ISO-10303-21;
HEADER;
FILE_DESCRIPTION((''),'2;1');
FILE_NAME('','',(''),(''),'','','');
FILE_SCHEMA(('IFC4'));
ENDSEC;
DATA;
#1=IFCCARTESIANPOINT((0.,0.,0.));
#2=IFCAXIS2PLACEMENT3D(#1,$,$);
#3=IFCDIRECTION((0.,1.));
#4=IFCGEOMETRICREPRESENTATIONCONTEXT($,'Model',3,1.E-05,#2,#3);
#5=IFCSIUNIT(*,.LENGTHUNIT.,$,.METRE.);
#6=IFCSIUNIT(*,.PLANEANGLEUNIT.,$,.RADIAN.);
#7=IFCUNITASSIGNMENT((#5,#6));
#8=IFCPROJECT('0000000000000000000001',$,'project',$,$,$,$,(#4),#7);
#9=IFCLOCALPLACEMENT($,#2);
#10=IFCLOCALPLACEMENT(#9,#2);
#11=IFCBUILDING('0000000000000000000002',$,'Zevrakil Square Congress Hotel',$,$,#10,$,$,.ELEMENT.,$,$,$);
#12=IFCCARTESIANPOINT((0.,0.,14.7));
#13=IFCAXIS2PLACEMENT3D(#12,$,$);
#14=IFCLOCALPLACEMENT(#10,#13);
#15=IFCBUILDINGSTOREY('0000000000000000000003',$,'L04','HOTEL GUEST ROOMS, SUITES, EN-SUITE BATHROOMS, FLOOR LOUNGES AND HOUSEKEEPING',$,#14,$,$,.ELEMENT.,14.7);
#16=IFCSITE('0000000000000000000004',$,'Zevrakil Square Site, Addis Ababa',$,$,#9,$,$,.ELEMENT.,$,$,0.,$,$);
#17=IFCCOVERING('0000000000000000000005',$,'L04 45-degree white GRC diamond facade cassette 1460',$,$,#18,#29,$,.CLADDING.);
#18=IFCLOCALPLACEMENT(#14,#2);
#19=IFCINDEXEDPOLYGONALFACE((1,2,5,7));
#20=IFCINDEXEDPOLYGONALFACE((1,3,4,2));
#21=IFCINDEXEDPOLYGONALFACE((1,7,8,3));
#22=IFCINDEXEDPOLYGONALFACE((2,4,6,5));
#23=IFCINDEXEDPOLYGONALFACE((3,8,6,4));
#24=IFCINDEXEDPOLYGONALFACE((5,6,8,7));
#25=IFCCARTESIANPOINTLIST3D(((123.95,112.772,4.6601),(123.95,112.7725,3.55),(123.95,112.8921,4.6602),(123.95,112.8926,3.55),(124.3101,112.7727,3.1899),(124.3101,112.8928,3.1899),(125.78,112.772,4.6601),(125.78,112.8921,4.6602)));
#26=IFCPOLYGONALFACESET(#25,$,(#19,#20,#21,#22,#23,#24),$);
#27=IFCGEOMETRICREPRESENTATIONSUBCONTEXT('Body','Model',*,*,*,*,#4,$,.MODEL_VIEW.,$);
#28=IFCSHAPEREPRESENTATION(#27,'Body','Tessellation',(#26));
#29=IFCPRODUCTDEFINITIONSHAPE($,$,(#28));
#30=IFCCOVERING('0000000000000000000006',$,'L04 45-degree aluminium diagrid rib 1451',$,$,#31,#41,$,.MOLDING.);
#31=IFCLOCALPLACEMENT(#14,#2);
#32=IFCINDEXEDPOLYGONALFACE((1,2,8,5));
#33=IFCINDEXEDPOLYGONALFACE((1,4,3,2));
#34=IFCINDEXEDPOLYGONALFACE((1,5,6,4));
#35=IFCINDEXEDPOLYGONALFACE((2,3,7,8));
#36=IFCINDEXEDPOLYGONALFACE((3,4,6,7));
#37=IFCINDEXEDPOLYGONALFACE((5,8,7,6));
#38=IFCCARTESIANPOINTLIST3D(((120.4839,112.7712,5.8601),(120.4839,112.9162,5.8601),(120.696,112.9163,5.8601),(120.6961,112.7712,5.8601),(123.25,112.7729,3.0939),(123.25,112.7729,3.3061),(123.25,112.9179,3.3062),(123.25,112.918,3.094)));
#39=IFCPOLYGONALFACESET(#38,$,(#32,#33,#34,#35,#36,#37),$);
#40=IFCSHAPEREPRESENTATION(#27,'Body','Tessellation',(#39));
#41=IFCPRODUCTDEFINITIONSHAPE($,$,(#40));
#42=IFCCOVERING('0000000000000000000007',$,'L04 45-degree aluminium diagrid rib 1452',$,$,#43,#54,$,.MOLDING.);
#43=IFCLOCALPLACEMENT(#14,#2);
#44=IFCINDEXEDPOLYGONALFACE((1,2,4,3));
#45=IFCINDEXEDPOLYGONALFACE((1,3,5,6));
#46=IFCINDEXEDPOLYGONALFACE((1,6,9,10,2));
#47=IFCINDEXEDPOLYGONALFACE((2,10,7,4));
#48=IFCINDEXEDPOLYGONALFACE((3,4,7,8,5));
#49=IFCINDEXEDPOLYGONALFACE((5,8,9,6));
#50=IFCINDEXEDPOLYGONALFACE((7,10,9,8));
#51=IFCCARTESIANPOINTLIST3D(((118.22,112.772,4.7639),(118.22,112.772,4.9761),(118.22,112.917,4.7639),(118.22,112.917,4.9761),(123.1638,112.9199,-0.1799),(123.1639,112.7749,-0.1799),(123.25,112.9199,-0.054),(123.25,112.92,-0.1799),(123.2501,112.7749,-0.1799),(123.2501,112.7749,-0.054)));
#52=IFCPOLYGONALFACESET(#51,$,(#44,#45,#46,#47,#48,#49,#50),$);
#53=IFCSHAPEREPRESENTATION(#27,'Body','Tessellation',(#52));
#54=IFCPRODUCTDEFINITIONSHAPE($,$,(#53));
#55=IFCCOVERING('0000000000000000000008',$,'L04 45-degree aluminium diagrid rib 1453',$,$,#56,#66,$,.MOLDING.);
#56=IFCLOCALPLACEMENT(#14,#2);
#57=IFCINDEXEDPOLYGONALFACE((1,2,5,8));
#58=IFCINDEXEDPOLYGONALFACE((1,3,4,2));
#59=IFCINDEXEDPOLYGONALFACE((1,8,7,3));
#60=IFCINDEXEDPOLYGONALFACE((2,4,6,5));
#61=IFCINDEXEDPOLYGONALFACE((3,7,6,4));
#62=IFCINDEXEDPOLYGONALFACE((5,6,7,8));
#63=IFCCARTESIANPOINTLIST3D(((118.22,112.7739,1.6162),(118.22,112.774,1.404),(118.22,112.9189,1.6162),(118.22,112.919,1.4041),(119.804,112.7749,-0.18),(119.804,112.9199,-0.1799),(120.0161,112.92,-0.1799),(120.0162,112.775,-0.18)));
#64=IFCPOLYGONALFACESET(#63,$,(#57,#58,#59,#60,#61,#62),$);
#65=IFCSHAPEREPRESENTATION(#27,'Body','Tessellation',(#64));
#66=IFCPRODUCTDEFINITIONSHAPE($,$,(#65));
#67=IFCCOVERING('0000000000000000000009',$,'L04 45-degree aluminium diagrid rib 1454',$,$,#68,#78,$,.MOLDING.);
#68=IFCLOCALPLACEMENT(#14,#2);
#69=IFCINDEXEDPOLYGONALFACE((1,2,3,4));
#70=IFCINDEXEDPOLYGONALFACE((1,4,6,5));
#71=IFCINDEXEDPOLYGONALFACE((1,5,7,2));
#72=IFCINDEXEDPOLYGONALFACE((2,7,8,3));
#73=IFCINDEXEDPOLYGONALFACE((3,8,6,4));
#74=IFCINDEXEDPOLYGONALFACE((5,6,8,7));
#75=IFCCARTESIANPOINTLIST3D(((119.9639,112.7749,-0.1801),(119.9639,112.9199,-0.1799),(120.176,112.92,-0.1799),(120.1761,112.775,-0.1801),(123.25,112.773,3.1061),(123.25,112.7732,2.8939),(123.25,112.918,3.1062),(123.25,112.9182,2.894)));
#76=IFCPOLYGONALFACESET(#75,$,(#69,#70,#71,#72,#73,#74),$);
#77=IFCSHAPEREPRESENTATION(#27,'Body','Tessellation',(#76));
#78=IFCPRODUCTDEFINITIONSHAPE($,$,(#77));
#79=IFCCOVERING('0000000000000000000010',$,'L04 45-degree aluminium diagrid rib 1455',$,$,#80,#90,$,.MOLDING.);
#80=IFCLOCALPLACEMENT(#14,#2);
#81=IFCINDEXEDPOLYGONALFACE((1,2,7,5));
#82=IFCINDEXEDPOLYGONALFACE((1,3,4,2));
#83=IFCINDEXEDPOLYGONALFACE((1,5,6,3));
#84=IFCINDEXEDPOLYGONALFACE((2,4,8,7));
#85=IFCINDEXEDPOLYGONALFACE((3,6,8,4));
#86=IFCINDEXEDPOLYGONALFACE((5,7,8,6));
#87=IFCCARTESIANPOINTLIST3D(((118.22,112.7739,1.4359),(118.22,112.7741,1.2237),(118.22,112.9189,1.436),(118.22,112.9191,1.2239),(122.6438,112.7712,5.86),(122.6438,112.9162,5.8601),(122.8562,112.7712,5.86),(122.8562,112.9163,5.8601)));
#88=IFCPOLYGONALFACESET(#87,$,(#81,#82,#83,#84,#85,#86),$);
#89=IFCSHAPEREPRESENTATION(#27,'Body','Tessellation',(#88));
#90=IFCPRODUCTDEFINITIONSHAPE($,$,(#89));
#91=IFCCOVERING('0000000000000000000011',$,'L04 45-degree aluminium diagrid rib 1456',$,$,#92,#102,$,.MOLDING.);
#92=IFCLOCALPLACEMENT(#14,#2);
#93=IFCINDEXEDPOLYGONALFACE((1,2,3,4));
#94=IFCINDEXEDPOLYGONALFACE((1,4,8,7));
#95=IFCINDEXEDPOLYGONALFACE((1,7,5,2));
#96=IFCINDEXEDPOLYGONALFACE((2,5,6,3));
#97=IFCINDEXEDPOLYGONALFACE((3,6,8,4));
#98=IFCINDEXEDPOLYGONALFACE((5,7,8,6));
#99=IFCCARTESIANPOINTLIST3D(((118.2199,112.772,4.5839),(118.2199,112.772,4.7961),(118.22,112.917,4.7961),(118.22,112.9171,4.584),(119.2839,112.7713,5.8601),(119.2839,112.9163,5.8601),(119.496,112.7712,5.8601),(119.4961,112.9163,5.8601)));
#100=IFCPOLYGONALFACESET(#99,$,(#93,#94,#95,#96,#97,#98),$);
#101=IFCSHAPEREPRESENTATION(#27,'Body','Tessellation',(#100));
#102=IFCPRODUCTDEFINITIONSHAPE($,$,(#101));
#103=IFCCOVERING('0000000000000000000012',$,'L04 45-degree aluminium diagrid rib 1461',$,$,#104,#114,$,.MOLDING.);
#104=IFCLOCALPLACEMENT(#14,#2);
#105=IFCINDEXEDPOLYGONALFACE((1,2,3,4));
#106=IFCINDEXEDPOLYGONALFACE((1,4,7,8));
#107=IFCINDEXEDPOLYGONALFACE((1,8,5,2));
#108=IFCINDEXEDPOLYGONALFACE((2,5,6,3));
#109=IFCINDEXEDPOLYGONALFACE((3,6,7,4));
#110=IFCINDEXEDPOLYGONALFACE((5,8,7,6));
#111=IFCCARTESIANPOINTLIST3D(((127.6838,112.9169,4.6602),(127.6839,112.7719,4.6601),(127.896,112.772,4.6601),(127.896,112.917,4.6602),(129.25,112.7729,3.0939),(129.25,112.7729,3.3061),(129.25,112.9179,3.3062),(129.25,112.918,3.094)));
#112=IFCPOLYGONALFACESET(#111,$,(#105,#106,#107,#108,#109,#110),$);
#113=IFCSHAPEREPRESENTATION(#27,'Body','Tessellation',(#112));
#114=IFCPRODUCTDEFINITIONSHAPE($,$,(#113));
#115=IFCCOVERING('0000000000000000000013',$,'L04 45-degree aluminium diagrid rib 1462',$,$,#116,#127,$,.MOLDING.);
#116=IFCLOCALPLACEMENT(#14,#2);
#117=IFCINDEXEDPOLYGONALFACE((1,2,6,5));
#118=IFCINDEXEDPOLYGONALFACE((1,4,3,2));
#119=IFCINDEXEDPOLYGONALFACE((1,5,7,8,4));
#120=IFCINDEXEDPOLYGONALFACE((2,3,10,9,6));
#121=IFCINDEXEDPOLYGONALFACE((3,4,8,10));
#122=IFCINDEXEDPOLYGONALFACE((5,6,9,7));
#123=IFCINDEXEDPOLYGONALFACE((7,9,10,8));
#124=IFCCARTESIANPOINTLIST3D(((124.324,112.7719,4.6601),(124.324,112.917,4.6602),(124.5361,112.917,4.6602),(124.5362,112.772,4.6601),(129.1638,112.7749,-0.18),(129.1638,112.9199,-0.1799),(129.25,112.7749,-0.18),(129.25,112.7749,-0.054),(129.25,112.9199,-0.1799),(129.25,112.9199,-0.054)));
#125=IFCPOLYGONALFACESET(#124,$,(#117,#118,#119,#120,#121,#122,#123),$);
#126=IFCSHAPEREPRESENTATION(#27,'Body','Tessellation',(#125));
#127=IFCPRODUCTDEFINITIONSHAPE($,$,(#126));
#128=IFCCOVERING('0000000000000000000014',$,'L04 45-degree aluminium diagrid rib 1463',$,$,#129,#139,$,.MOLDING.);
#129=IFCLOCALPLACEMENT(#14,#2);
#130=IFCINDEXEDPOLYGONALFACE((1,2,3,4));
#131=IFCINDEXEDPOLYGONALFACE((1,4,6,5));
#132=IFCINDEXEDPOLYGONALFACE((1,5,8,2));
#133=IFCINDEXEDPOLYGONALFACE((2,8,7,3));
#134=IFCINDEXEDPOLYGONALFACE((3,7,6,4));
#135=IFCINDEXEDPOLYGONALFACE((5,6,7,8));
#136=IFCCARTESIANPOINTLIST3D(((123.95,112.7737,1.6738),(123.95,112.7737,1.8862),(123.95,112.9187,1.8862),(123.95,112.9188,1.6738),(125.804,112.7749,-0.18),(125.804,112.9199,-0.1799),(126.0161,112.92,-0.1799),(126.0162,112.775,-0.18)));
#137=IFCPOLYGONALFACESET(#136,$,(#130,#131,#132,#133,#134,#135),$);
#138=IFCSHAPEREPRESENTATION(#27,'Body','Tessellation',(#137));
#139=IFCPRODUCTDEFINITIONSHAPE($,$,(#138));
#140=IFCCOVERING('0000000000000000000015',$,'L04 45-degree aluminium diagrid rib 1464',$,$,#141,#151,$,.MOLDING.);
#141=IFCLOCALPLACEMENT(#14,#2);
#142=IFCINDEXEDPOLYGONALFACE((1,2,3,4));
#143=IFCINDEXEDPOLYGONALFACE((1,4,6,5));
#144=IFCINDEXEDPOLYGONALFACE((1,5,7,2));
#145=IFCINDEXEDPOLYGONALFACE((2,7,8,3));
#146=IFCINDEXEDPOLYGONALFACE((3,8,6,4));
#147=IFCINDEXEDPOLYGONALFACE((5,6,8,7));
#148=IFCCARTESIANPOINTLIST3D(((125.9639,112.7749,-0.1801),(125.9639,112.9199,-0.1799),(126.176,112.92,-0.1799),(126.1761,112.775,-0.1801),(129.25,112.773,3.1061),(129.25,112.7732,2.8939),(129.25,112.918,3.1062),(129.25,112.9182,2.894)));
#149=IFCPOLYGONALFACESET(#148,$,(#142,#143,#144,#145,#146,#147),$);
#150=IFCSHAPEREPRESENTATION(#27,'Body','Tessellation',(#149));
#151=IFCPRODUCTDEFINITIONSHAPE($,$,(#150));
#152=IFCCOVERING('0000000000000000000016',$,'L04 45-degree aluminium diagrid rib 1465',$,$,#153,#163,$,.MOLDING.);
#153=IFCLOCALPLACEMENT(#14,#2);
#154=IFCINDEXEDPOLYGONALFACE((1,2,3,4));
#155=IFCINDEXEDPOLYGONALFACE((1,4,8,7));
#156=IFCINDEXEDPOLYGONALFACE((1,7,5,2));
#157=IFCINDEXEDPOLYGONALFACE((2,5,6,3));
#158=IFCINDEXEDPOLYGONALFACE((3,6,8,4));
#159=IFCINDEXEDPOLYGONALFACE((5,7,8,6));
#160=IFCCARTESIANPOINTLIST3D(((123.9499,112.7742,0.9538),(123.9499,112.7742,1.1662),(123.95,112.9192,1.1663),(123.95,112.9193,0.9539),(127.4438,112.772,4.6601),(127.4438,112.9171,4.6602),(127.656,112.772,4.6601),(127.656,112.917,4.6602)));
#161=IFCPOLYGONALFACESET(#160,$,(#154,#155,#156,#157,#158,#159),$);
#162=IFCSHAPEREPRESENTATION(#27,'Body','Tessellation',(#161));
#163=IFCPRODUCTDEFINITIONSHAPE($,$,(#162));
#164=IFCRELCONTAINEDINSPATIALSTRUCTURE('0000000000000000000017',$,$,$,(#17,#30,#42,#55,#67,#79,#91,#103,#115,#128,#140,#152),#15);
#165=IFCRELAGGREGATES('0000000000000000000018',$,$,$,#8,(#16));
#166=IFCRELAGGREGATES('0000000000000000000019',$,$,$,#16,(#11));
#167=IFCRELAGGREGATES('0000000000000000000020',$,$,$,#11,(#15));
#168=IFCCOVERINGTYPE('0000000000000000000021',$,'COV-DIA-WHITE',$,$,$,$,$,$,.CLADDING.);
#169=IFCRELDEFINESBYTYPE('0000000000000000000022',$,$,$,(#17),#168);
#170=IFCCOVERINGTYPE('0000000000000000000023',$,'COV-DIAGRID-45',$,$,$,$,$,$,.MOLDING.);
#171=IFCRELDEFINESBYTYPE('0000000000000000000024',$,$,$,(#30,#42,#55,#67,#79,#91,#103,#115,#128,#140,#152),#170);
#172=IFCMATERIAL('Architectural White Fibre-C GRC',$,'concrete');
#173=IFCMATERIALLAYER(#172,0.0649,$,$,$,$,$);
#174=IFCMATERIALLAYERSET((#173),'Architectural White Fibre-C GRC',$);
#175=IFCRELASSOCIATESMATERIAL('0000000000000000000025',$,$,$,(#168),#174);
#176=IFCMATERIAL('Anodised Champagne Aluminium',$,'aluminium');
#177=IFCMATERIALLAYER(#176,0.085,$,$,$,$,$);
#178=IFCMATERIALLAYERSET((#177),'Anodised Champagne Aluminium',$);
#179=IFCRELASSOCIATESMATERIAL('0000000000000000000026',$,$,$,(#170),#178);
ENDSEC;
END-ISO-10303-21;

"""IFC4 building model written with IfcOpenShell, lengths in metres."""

from ifc_helpers import new_model, si_unit, direction, frame, origin, place, context, subcontext, project, spatial, polyline, outline, extrude, material, layer, layer_set, type_object, element, save


model = new_model("IFC4")

# Units and contexts
model_context = context("Model", 3, precision=1e-05, world=origin(), true_north=direction((0.0, 1.0)))
body_context = subcontext(model_context, "Body", "Model", "MODEL_VIEW")
ifc_project = project(units=[si_unit("LENGTHUNIT", "METRE"), si_unit("PLANEANGLEUNIT", "RADIAN")], contexts=[model_context])

# Site, building, storey
site_placement = place(None, origin())
site = spatial("IfcSite", under=ifc_project, at=site_placement, Name="Zevrakil Square Site, Addis Ababa", CompositionType="ELEMENT", RefElevation=0.0)
building_placement = place(site_placement, origin())
building = spatial("IfcBuilding", under=site, at=building_placement, Name="Zevrakil Square Congress Hotel", CompositionType="ELEMENT")
storey_placement = place(building_placement, frame((0.0, 0.0, 14.7)))
storey = spatial("IfcBuildingStorey", under=building, at=storey_placement, Name="L04", Description="HOTEL GUEST ROOMS, SUITES, EN-SUITE BATHROOMS, FLOOR LOUNGES AND HOUSEKEEPING", CompositionType="ELEMENT", Elevation=14.7)

# Coverings
ifc_material_1 = material(Name="Architectural White Fibre-C GRC", Category="concrete")
ifc_layer_1 = layer(ifc_material_1, 0.0649)
ifc_layer_set_1 = layer_set([ifc_layer_1], Name="Architectural White Fibre-C GRC")
covering_type_1 = type_object("IfcCoveringType", Name="COV-DIA-WHITE", PredefinedType="CLADDING", material=ifc_layer_set_1)
covering_1_placement = place(storey_placement, frame((124.3101, 112.8928, 3.1899), z_axis=(-0.000031, 1.0, 0.000491), x_axis=(0.707048, -0.000325, 0.707165)))
element("IfcCovering", 1, at=covering_1_placement, inside=storey, type_object=covering_type_1, Name="L04 45-degree white GRC diamond facade cassette 1460", PredefinedType="CLADDING", context=body_context, shape_type="SweptSolid", body=[
    extrude(outline(polyline([(0.0, 0.0), (2.079, 0.0), (0.7851, -1.2942), (0.0, -0.5093), (0.0, 0.0)])), origin(), (0.0, 0.0, -1.0), 0.1201),
])
ifc_material_2 = material(Name="Anodised Champagne Aluminium", Category="aluminium")
ifc_layer_2 = layer(ifc_material_2, 0.085)
ifc_layer_set_2 = layer_set([ifc_layer_2], Name="Anodised Champagne Aluminium")
covering_type_2 = type_object("IfcCoveringType", Name="COV-DIAGRID-45", PredefinedType="MOLDING", material=ifc_layer_set_2)
covering_2_placement = place(storey_placement, frame((123.25, 112.918, 3.094), z_axis=(-0.000321, 1.0, 0.000321), x_axis=(0.0, -0.000321, 1.0)))
element("IfcCovering", 2, at=covering_2_placement, inside=storey, type_object=covering_type_2, Name="L04 45-degree aluminium diagrid rib 1451", PredefinedType="MOLDING", context=body_context, shape_type="SweptSolid", body=[
    extrude(outline(polyline([(0.0, 0.0), (0.2122, 0.0), (2.7661, -2.554), (2.7661, -2.7661), (0.0, 0.0)])), origin(), (0.0, 0.0, -1.0), 0.145),
])
covering_3_placement = place(storey_placement, frame((123.1638, 112.9199, -0.1799), z_axis=(-0.000466, 1.0, 0.000119), x_axis=(1.0, 0.000466, 0.0)))
element("IfcCovering", 3, at=covering_3_placement, inside=storey, type_object=covering_type_2, Name="L04 45-degree aluminium diagrid rib 1452", PredefinedType="MOLDING", context=body_context, shape_type="SweptSolid", body=[
    extrude(outline(polyline([(0.0, 0.0), (0.0862, 0.0), (0.0862, -0.126), (-4.9438, -5.156), (-4.9438, -4.9438), (0.0, 0.0)])), origin(), (0.0, 0.0, -1.0), 0.145),
])
covering_4_placement = place(storey_placement, frame((119.804, 112.9199, -0.1799), z_axis=(-0.000289, 1.0, 0.000289), x_axis=(1.0, 0.000289, 0.0)))
element("IfcCovering", 4, at=covering_4_placement, inside=storey, type_object=covering_type_2, Name="L04 45-degree aluminium diagrid rib 1453", PredefinedType="MOLDING", context=body_context, shape_type="SweptSolid", body=[
    extrude(outline(polyline([(0.0, 0.0), (0.2122, 0.0), (-1.584, -1.7961), (-1.584, -1.584), (0.0, 0.0)])), origin(), (0.0, 0.0, -1.0), 0.145),
])
covering_5_placement = place(storey_placement, frame((123.25, 112.9182, 2.894), z_axis=(-0.000287, 1.0, 0.000863), x_axis=(0.0, -0.000863, 1.0)))
element("IfcCovering", 5, at=covering_5_placement, inside=storey, type_object=covering_type_2, Name="L04 45-degree aluminium diagrid rib 1454", PredefinedType="MOLDING", context=body_context, shape_type="SweptSolid", body=[
    extrude(outline(polyline([(0.0, 0.0), (0.2122, 0.0), (-3.074, -3.2861), (-3.074, -3.074), (0.0, 0.0)])), origin(), (0.0, 0.0, -1.0), 0.145),
])
covering_6_placement = place(storey_placement, frame((122.8562, 112.9163, 5.8601), z_axis=(-0.000265, 1.0, 0.000885), x_axis=(-1.0, -0.000265, 0.0)))
element("IfcCovering", 6, at=covering_6_placement, inside=storey, type_object=covering_type_2, Name="L04 45-degree aluminium diagrid rib 1455", PredefinedType="MOLDING", context=body_context, shape_type="SweptSolid", body=[
    extrude(outline(polyline([(0.0, 0.0), (0.2124, 0.0), (4.6362, -4.4241), (4.6362, -4.6362), (0.0, 0.0)])), origin(), (0.0, 0.0, -1.0), 0.145),
])
covering_7_placement = place(storey_placement, frame((119.4961, 112.9163, 5.8601), z_axis=(0.000313, 1.0, 0.000313), x_axis=(-1.0, 0.000313, 0.0)))
element("IfcCovering", 7, at=covering_7_placement, inside=storey, type_object=covering_type_2, Name="L04 45-degree aluminium diagrid rib 1456", PredefinedType="MOLDING", context=body_context, shape_type="SweptSolid", body=[
    extrude(outline(polyline([(0.0, 0.0), (0.2122, 0.0), (1.2761, -1.064), (1.2761, -1.2761), (0.0, 0.0)])), origin(), (0.0, 0.0, -1.0), 0.145),
])
covering_8_placement = place(storey_placement, frame((129.25, 112.918, 3.094), z_axis=(-0.000334, 1.0, 0.000334), x_axis=(0.0, -0.000334, 1.0)))
element("IfcCovering", 8, at=covering_8_placement, inside=storey, type_object=covering_type_2, Name="L04 45-degree aluminium diagrid rib 1461", PredefinedType="MOLDING", context=body_context, shape_type="SweptSolid", body=[
    extrude(outline(polyline([(0.0, 0.0), (0.2122, 0.0), (1.5662, -1.354), (1.5662, -1.5662), (0.0, 0.0)])), origin(), (0.0, 0.0, -1.0), 0.145),
])
covering_9_placement = place(storey_placement, frame((129.1638, 112.9199, -0.1799), z_axis=(-0.000181, 1.0, 0.000429), x_axis=(1.0, 0.000181, 0.0)))
element("IfcCovering", 9, at=covering_9_placement, inside=storey, type_object=covering_type_2, Name="L04 45-degree aluminium diagrid rib 1462", PredefinedType="MOLDING", context=body_context, shape_type="SweptSolid", body=[
    extrude(outline(polyline([(0.0, 0.0), (0.0862, 0.0), (0.0862, -0.126), (-4.6277, -4.8401), (-4.8398, -4.8401), (0.0, 0.0)])), origin(), (0.0, 0.0, -1.0), 0.145),
])
covering_10_placement = place(storey_placement, frame((125.804, 112.9199, -0.1799), z_axis=(-0.000312, 1.0, 0.000311), x_axis=(1.0, 0.000312, 0.0)))
element("IfcCovering", 10, at=covering_10_placement, inside=storey, type_object=covering_type_2, Name="L04 45-degree aluminium diagrid rib 1463", PredefinedType="MOLDING", context=body_context, shape_type="SweptSolid", body=[
    extrude(outline(polyline([(0.0, 0.0), (0.2122, 0.0), (-1.854, -2.0662), (-1.854, -1.8538), (0.0, 0.0)])), origin(), (0.0, 0.0, -1.0), 0.145),
])
covering_11_placement = place(storey_placement, frame((129.25, 112.9182, 2.894), z_axis=(-0.000287, 1.0, 0.000863), x_axis=(0.0, -0.000863, 1.0)))
element("IfcCovering", 11, at=covering_11_placement, inside=storey, type_object=covering_type_2, Name="L04 45-degree aluminium diagrid rib 1464", PredefinedType="MOLDING", context=body_context, shape_type="SweptSolid", body=[
    extrude(outline(polyline([(0.0, 0.0), (0.2122, 0.0), (-3.074, -3.2861), (-3.074, -3.074), (0.0, 0.0)])), origin(), (0.0, 0.0, -1.0), 0.145),
])
covering_12_placement = place(storey_placement, frame((127.656, 112.917, 4.6602), z_axis=(0.000305, 1.0, 0.000305), x_axis=(-1.0, 0.000305, 0.0)))
element("IfcCovering", 12, at=covering_12_placement, inside=storey, type_object=covering_type_2, Name="L04 45-degree aluminium diagrid rib 1465", PredefinedType="MOLDING", context=body_context, shape_type="SweptSolid", body=[
    extrude(outline(polyline([(0.0, 0.0), (0.2122, 0.0), (3.7061, -3.4939), (3.7061, -3.7063), (0.0, 0.0)])), origin(), (0.0, 0.0, -1.0), 0.145),
])

save(model, "model.ifc")
